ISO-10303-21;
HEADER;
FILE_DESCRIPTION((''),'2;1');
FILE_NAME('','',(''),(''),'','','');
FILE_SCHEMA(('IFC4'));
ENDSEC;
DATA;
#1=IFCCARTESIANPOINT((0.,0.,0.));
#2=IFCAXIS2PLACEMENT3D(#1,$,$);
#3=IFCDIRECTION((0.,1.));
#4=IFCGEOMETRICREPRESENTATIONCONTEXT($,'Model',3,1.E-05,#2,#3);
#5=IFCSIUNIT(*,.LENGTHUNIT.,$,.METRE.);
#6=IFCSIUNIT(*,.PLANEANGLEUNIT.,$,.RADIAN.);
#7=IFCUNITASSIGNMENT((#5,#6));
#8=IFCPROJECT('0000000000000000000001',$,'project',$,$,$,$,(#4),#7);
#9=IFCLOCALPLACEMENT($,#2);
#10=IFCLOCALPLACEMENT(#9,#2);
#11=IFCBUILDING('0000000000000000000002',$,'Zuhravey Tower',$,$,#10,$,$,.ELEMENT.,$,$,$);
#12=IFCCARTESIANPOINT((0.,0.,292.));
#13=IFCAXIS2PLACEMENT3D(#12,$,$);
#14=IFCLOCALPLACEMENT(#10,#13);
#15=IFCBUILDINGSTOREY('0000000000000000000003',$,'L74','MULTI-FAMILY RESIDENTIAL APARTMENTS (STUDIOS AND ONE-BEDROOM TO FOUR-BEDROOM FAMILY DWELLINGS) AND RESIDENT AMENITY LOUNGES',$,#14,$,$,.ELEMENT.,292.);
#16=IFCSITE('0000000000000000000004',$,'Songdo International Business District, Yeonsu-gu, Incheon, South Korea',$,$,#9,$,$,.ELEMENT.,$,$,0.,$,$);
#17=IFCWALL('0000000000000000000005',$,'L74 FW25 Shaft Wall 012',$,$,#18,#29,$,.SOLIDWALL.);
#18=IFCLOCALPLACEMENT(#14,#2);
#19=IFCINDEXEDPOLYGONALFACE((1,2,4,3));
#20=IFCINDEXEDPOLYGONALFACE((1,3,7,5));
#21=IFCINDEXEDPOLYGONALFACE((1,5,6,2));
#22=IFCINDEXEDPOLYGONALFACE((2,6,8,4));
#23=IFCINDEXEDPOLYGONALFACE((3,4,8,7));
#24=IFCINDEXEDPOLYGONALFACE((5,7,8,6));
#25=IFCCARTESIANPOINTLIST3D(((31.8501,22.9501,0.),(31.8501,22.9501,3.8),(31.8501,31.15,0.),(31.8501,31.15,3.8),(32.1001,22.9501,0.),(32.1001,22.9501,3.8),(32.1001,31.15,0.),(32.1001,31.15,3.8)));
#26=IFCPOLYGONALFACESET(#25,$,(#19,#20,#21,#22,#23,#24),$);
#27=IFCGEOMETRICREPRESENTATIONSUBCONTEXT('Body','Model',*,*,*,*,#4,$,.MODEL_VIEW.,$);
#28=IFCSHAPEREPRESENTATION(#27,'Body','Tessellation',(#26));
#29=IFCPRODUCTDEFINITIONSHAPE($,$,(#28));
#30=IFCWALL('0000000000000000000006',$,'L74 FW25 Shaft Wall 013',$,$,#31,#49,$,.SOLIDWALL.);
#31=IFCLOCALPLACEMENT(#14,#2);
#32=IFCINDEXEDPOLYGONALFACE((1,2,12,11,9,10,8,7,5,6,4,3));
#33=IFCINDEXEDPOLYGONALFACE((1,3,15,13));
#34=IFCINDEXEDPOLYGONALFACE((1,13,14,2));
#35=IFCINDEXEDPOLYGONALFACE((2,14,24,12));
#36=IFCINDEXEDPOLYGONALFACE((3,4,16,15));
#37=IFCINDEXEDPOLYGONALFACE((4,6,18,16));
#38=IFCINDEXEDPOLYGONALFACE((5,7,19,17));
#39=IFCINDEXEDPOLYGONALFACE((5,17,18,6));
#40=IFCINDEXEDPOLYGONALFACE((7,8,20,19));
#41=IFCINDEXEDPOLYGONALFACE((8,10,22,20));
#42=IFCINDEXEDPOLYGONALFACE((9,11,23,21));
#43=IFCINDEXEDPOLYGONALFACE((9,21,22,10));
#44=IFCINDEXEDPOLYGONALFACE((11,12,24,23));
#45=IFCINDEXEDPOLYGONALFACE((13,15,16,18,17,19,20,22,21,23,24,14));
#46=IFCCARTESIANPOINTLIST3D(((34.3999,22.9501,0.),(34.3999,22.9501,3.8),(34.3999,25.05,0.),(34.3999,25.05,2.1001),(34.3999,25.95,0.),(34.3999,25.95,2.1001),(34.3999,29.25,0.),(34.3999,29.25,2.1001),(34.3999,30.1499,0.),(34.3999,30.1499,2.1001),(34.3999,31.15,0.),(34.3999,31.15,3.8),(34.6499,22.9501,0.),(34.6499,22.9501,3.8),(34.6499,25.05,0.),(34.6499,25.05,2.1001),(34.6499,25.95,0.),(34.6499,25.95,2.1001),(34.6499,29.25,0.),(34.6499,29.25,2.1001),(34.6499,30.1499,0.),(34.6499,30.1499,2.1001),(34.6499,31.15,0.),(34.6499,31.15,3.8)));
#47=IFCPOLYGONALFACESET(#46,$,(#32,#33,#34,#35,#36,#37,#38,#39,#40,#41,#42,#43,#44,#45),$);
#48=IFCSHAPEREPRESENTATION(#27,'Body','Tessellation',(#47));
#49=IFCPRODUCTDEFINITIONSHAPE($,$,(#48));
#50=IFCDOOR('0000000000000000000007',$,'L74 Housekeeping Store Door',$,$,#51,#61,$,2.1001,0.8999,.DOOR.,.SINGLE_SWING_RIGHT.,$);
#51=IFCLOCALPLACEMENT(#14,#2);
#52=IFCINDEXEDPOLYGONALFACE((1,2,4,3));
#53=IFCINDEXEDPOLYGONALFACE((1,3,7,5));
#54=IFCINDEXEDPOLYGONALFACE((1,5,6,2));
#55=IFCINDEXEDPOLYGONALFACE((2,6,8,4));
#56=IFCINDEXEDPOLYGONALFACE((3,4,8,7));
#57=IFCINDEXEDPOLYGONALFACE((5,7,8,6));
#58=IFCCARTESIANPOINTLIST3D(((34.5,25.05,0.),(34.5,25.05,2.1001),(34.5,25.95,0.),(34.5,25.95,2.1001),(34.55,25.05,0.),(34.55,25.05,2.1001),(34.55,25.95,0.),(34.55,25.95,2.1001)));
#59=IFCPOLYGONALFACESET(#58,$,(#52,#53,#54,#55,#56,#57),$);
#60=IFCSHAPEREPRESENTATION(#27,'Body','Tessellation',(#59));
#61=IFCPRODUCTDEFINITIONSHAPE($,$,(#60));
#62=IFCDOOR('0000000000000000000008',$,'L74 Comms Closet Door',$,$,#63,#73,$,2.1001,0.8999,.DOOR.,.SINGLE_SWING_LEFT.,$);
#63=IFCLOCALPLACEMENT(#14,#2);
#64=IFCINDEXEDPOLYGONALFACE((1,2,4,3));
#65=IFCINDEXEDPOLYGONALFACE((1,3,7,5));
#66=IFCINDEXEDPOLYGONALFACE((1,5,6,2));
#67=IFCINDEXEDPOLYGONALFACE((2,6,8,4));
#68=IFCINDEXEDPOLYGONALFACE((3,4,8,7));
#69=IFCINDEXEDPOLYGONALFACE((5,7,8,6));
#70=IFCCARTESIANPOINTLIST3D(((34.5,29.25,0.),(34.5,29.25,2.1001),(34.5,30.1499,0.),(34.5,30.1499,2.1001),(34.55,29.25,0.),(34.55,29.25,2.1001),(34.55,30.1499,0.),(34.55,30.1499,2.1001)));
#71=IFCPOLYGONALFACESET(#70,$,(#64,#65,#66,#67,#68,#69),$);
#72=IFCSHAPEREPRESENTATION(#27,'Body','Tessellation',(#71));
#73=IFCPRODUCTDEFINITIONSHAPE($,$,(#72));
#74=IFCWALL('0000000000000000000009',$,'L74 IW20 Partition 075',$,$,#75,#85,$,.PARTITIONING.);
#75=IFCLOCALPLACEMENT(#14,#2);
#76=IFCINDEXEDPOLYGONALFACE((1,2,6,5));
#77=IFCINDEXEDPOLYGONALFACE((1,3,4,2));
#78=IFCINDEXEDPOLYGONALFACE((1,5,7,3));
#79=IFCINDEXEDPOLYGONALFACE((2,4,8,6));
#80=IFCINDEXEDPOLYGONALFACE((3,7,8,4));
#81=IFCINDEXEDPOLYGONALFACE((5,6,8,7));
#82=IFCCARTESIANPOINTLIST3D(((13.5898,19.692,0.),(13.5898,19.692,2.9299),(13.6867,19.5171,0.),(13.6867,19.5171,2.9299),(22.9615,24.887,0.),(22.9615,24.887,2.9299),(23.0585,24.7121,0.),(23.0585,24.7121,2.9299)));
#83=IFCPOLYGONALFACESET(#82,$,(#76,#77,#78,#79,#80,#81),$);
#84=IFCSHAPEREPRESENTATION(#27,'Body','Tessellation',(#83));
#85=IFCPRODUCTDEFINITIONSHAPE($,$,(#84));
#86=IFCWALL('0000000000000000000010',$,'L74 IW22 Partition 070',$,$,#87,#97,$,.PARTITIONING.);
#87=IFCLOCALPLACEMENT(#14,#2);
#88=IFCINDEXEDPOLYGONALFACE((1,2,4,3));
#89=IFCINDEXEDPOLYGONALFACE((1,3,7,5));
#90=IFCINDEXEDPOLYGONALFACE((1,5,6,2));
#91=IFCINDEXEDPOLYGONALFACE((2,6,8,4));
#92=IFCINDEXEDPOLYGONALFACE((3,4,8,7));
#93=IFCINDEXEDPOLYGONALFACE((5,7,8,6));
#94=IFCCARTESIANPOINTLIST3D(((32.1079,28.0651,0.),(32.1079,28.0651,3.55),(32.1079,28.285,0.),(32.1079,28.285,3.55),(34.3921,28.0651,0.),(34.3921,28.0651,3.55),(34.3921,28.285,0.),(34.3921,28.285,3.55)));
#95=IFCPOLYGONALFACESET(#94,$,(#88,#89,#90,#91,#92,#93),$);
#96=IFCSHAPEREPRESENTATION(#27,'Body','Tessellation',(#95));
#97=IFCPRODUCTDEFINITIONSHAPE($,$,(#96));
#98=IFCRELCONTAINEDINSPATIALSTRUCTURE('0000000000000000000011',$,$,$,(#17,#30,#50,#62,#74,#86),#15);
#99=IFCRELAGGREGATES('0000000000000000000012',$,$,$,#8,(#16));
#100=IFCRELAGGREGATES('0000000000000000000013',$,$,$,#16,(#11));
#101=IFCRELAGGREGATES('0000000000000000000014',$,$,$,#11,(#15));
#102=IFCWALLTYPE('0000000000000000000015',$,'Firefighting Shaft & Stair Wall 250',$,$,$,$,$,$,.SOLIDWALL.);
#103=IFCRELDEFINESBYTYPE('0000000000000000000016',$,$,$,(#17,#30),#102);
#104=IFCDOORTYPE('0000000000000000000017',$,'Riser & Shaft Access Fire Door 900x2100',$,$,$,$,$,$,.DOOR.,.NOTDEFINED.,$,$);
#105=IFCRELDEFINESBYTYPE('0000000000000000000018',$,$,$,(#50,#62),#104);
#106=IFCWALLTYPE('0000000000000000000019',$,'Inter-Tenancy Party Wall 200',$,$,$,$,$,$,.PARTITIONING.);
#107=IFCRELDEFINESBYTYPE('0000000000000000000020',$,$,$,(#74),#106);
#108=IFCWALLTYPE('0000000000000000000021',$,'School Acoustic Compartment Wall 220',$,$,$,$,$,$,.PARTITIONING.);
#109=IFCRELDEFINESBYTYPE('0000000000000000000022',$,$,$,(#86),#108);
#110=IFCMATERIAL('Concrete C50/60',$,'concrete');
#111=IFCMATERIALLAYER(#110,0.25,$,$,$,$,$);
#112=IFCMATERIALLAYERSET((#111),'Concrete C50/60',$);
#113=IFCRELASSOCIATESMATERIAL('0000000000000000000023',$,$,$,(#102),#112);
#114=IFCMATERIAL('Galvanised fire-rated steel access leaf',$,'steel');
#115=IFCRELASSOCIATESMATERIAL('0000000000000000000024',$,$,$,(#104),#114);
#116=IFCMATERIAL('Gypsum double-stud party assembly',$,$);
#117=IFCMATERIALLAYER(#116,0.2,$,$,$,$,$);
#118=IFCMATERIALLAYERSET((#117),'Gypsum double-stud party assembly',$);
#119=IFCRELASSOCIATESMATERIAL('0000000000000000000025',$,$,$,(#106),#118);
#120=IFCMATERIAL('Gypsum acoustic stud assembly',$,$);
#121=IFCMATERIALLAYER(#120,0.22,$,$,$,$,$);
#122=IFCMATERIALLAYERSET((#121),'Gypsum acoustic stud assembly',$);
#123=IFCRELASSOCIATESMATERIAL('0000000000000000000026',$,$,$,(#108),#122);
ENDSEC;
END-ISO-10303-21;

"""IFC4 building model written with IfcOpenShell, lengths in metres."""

from ifc_helpers import new_model, si_unit, direction, frame, frame_2d, origin, place, context, subcontext, project, spatial, rectangle, extrude, material, layer, layer_set, type_object, element, fill, save


model = new_model("IFC4")

# Units and contexts
model_context = context("Model", 3, precision=1e-05, world=origin(), true_north=direction((0.0, 1.0)))
body_context = subcontext(model_context, "Body", "Model", "MODEL_VIEW")
ifc_project = project(units=[si_unit("LENGTHUNIT", "METRE"), si_unit("PLANEANGLEUNIT", "RADIAN")], contexts=[model_context])

# Site, building, storey
site_placement = place(None, origin())
site = spatial("IfcSite", under=ifc_project, at=site_placement, Name="Songdo International Business District, Yeonsu-gu, Incheon, South Korea", CompositionType="ELEMENT", RefElevation=0.0)
building_placement = place(site_placement, origin())
building = spatial("IfcBuilding", under=site, at=building_placement, Name="Zuhravey Tower", CompositionType="ELEMENT")
storey_placement = place(building_placement, frame((0.0, 0.0, 292.0)))
storey = spatial("IfcBuildingStorey", under=building, at=storey_placement, Name="L74", Description="MULTI-FAMILY RESIDENTIAL APARTMENTS (STUDIOS AND ONE-BEDROOM TO FOUR-BEDROOM FAMILY DWELLINGS) AND RESIDENT AMENITY LOUNGES", CompositionType="ELEMENT", Elevation=292.0)

# Shared definitions
ifc_material_1 = material(Name="Concrete C50/60", Category="concrete")

# Shared definitions
ifc_layer_1 = layer(ifc_material_1, 0.25)
ifc_layer_set_1 = layer_set([ifc_layer_1], Name="Concrete C50/60")
wall_type_1 = type_object("IfcWallType", Name="Firefighting Shaft & Stair Wall 250", PredefinedType="SOLIDWALL", material=ifc_layer_set_1)

# Shared definitions
ifc_material_2 = material(Name="Galvanised fire-rated steel access leaf", Category="steel")
door_type_1 = type_object("IfcDoorType", Name="Riser & Shaft Access Fire Door 900x2100", OperationType="NOTDEFINED", PredefinedType="DOOR", material=ifc_material_2)

# Wall
wall_1_placement = place(storey_placement, frame((31.9751, 22.95, 0.0), z_axis=(0.0, 0.0, 1.0), x_axis=(0.0, 1.0, 0.0)))
element("IfcWall", 1, at=wall_1_placement, inside=storey, type_object=wall_type_1, Name="L74 FW25 Shaft Wall 012", PredefinedType="SOLIDWALL", context=body_context, shape_type="SweptSolid", body=[
    extrude(rectangle(XDim=8.2, YDim=0.25, at=frame_2d((4.1001, 0.0))), origin(), (0.0, 0.0, 1.0), 3.8),
])

# Wall, openings, doors
wall_2_placement = place(storey_placement, frame((34.5249, 22.95, 0.0), z_axis=(0.0, 0.0, 1.0), x_axis=(0.0, 1.0, 0.0)))
wall_2 = element("IfcWall", 2, at=wall_2_placement, inside=storey, type_object=wall_type_1, Name="L74 FW25 Shaft Wall 013", PredefinedType="SOLIDWALL", context=body_context, shape_type="SweptSolid", body=[
    extrude(rectangle(XDim=8.2, YDim=0.25, at=frame_2d((4.1001, 0.0))), origin(), (0.0, 0.0, 1.0), 3.8),
])
opening_1_placement = place(wall_2_placement, frame((2.1001, 0.0, 0.0)))
opening_1 = element("IfcOpeningElement", 3, at=opening_1_placement, cuts=wall_2, PredefinedType="OPENING", context=body_context, shape_type="SweptSolid", body=[
    extrude(rectangle(XDim=0.8999, YDim=2.1001, at=frame_2d((0.45, 1.05))), frame((0.0, 0.137, 0.0), z_axis=(0.0, -1.0, 0.0), x_axis=(1.0, 0.0, 0.0)), (0.0, 0.0, 1.0), 0.2739),
])
opening_2_placement = place(wall_2_placement, frame((6.3, 0.0, 0.0)))
opening_2 = element("IfcOpeningElement", 4, at=opening_2_placement, cuts=wall_2, PredefinedType="OPENING", context=body_context, shape_type="SweptSolid", body=[
    extrude(rectangle(XDim=0.8999, YDim=2.1001, at=frame_2d((0.45, 1.05))), frame((0.0, 0.137, 0.0), z_axis=(0.0, -1.0, 0.0), x_axis=(1.0, 0.0, 0.0)), (0.0, 0.0, 1.0), 0.2739),
])
door_1_placement = place(opening_1_placement, origin())
door_1 = element("IfcDoor", 5, at=door_1_placement, inside=storey, type_object=door_type_1, Name="L74 Housekeeping Store Door", OperationType="SINGLE_SWING_RIGHT", OverallHeight=2.1001, OverallWidth=0.8999, PredefinedType="DOOR", context=body_context, shape_type="SweptSolid", body=[
    extrude(rectangle(XDim=0.8999, YDim=2.1001, at=frame_2d((0.45, 1.05))), frame((0.0, 0.0249, 0.0), z_axis=(0.0, -1.0, 0.0), x_axis=(1.0, 0.0, 0.0)), (0.0, 0.0, 1.0), 0.05),
])
fill(opening_1, door_1)
door_2_placement = place(opening_2_placement, origin())
door_2 = element("IfcDoor", 6, at=door_2_placement, inside=storey, type_object=door_type_1, Name="L74 Comms Closet Door", OperationType="SINGLE_SWING_LEFT", OverallHeight=2.1001, OverallWidth=0.8999, PredefinedType="DOOR", context=body_context, shape_type="SweptSolid", body=[
    extrude(rectangle(XDim=0.8999, YDim=2.1001, at=frame_2d((0.45, 1.05))), frame((0.0, 0.0249, 0.0), z_axis=(0.0, -1.0, 0.0), x_axis=(1.0, 0.0, 0.0)), (0.0, 0.0, 1.0), 0.05),
])
fill(opening_2, door_2)

# Walls
ifc_material_3 = material(Name="Gypsum double-stud party assembly")
ifc_layer_2 = layer(ifc_material_3, 0.2)
ifc_layer_set_2 = layer_set([ifc_layer_2], Name="Gypsum double-stud party assembly")
wall_type_2 = type_object("IfcWallType", Name="Inter-Tenancy Party Wall 200", PredefinedType="PARTITIONING", material=ifc_layer_set_2)
wall_3_placement = place(storey_placement, frame((23.01, 24.7996, 0.0), z_axis=(0.0, 0.0, 1.0), x_axis=(-0.874613, -0.484822, 0.0)))
element("IfcWall", 7, at=wall_3_placement, inside=storey, type_object=wall_type_2, Name="L74 IW20 Partition 075", PredefinedType="PARTITIONING", context=body_context, shape_type="SweptSolid", body=[
    extrude(rectangle(XDim=10.7153, YDim=0.2, at=frame_2d((5.3577, 0.0))), origin(), (0.0, 0.0, 1.0), 2.9299),
])
ifc_material_4 = material(Name="Gypsum acoustic stud assembly")
ifc_layer_3 = layer(ifc_material_4, 0.22)
ifc_layer_set_3 = layer_set([ifc_layer_3], Name="Gypsum acoustic stud assembly")
wall_type_3 = type_object("IfcWallType", Name="School Acoustic Compartment Wall 220", PredefinedType="PARTITIONING", material=ifc_layer_set_3)
wall_4_placement = place(storey_placement, frame((32.1079, 28.175, 0.0), z_axis=(0.0, 0.0, 1.0), x_axis=(1.0, 0.0, 0.0)))
element("IfcWall", 8, at=wall_4_placement, inside=storey, type_object=wall_type_3, Name="L74 IW22 Partition 070", PredefinedType="PARTITIONING", context=body_context, shape_type="SweptSolid", body=[
    extrude(rectangle(XDim=2.2842, YDim=0.22, at=frame_2d((1.1421, 0.0))), origin(), (0.0, 0.0, 1.0), 3.55),
])

save(model, "model.ifc")
